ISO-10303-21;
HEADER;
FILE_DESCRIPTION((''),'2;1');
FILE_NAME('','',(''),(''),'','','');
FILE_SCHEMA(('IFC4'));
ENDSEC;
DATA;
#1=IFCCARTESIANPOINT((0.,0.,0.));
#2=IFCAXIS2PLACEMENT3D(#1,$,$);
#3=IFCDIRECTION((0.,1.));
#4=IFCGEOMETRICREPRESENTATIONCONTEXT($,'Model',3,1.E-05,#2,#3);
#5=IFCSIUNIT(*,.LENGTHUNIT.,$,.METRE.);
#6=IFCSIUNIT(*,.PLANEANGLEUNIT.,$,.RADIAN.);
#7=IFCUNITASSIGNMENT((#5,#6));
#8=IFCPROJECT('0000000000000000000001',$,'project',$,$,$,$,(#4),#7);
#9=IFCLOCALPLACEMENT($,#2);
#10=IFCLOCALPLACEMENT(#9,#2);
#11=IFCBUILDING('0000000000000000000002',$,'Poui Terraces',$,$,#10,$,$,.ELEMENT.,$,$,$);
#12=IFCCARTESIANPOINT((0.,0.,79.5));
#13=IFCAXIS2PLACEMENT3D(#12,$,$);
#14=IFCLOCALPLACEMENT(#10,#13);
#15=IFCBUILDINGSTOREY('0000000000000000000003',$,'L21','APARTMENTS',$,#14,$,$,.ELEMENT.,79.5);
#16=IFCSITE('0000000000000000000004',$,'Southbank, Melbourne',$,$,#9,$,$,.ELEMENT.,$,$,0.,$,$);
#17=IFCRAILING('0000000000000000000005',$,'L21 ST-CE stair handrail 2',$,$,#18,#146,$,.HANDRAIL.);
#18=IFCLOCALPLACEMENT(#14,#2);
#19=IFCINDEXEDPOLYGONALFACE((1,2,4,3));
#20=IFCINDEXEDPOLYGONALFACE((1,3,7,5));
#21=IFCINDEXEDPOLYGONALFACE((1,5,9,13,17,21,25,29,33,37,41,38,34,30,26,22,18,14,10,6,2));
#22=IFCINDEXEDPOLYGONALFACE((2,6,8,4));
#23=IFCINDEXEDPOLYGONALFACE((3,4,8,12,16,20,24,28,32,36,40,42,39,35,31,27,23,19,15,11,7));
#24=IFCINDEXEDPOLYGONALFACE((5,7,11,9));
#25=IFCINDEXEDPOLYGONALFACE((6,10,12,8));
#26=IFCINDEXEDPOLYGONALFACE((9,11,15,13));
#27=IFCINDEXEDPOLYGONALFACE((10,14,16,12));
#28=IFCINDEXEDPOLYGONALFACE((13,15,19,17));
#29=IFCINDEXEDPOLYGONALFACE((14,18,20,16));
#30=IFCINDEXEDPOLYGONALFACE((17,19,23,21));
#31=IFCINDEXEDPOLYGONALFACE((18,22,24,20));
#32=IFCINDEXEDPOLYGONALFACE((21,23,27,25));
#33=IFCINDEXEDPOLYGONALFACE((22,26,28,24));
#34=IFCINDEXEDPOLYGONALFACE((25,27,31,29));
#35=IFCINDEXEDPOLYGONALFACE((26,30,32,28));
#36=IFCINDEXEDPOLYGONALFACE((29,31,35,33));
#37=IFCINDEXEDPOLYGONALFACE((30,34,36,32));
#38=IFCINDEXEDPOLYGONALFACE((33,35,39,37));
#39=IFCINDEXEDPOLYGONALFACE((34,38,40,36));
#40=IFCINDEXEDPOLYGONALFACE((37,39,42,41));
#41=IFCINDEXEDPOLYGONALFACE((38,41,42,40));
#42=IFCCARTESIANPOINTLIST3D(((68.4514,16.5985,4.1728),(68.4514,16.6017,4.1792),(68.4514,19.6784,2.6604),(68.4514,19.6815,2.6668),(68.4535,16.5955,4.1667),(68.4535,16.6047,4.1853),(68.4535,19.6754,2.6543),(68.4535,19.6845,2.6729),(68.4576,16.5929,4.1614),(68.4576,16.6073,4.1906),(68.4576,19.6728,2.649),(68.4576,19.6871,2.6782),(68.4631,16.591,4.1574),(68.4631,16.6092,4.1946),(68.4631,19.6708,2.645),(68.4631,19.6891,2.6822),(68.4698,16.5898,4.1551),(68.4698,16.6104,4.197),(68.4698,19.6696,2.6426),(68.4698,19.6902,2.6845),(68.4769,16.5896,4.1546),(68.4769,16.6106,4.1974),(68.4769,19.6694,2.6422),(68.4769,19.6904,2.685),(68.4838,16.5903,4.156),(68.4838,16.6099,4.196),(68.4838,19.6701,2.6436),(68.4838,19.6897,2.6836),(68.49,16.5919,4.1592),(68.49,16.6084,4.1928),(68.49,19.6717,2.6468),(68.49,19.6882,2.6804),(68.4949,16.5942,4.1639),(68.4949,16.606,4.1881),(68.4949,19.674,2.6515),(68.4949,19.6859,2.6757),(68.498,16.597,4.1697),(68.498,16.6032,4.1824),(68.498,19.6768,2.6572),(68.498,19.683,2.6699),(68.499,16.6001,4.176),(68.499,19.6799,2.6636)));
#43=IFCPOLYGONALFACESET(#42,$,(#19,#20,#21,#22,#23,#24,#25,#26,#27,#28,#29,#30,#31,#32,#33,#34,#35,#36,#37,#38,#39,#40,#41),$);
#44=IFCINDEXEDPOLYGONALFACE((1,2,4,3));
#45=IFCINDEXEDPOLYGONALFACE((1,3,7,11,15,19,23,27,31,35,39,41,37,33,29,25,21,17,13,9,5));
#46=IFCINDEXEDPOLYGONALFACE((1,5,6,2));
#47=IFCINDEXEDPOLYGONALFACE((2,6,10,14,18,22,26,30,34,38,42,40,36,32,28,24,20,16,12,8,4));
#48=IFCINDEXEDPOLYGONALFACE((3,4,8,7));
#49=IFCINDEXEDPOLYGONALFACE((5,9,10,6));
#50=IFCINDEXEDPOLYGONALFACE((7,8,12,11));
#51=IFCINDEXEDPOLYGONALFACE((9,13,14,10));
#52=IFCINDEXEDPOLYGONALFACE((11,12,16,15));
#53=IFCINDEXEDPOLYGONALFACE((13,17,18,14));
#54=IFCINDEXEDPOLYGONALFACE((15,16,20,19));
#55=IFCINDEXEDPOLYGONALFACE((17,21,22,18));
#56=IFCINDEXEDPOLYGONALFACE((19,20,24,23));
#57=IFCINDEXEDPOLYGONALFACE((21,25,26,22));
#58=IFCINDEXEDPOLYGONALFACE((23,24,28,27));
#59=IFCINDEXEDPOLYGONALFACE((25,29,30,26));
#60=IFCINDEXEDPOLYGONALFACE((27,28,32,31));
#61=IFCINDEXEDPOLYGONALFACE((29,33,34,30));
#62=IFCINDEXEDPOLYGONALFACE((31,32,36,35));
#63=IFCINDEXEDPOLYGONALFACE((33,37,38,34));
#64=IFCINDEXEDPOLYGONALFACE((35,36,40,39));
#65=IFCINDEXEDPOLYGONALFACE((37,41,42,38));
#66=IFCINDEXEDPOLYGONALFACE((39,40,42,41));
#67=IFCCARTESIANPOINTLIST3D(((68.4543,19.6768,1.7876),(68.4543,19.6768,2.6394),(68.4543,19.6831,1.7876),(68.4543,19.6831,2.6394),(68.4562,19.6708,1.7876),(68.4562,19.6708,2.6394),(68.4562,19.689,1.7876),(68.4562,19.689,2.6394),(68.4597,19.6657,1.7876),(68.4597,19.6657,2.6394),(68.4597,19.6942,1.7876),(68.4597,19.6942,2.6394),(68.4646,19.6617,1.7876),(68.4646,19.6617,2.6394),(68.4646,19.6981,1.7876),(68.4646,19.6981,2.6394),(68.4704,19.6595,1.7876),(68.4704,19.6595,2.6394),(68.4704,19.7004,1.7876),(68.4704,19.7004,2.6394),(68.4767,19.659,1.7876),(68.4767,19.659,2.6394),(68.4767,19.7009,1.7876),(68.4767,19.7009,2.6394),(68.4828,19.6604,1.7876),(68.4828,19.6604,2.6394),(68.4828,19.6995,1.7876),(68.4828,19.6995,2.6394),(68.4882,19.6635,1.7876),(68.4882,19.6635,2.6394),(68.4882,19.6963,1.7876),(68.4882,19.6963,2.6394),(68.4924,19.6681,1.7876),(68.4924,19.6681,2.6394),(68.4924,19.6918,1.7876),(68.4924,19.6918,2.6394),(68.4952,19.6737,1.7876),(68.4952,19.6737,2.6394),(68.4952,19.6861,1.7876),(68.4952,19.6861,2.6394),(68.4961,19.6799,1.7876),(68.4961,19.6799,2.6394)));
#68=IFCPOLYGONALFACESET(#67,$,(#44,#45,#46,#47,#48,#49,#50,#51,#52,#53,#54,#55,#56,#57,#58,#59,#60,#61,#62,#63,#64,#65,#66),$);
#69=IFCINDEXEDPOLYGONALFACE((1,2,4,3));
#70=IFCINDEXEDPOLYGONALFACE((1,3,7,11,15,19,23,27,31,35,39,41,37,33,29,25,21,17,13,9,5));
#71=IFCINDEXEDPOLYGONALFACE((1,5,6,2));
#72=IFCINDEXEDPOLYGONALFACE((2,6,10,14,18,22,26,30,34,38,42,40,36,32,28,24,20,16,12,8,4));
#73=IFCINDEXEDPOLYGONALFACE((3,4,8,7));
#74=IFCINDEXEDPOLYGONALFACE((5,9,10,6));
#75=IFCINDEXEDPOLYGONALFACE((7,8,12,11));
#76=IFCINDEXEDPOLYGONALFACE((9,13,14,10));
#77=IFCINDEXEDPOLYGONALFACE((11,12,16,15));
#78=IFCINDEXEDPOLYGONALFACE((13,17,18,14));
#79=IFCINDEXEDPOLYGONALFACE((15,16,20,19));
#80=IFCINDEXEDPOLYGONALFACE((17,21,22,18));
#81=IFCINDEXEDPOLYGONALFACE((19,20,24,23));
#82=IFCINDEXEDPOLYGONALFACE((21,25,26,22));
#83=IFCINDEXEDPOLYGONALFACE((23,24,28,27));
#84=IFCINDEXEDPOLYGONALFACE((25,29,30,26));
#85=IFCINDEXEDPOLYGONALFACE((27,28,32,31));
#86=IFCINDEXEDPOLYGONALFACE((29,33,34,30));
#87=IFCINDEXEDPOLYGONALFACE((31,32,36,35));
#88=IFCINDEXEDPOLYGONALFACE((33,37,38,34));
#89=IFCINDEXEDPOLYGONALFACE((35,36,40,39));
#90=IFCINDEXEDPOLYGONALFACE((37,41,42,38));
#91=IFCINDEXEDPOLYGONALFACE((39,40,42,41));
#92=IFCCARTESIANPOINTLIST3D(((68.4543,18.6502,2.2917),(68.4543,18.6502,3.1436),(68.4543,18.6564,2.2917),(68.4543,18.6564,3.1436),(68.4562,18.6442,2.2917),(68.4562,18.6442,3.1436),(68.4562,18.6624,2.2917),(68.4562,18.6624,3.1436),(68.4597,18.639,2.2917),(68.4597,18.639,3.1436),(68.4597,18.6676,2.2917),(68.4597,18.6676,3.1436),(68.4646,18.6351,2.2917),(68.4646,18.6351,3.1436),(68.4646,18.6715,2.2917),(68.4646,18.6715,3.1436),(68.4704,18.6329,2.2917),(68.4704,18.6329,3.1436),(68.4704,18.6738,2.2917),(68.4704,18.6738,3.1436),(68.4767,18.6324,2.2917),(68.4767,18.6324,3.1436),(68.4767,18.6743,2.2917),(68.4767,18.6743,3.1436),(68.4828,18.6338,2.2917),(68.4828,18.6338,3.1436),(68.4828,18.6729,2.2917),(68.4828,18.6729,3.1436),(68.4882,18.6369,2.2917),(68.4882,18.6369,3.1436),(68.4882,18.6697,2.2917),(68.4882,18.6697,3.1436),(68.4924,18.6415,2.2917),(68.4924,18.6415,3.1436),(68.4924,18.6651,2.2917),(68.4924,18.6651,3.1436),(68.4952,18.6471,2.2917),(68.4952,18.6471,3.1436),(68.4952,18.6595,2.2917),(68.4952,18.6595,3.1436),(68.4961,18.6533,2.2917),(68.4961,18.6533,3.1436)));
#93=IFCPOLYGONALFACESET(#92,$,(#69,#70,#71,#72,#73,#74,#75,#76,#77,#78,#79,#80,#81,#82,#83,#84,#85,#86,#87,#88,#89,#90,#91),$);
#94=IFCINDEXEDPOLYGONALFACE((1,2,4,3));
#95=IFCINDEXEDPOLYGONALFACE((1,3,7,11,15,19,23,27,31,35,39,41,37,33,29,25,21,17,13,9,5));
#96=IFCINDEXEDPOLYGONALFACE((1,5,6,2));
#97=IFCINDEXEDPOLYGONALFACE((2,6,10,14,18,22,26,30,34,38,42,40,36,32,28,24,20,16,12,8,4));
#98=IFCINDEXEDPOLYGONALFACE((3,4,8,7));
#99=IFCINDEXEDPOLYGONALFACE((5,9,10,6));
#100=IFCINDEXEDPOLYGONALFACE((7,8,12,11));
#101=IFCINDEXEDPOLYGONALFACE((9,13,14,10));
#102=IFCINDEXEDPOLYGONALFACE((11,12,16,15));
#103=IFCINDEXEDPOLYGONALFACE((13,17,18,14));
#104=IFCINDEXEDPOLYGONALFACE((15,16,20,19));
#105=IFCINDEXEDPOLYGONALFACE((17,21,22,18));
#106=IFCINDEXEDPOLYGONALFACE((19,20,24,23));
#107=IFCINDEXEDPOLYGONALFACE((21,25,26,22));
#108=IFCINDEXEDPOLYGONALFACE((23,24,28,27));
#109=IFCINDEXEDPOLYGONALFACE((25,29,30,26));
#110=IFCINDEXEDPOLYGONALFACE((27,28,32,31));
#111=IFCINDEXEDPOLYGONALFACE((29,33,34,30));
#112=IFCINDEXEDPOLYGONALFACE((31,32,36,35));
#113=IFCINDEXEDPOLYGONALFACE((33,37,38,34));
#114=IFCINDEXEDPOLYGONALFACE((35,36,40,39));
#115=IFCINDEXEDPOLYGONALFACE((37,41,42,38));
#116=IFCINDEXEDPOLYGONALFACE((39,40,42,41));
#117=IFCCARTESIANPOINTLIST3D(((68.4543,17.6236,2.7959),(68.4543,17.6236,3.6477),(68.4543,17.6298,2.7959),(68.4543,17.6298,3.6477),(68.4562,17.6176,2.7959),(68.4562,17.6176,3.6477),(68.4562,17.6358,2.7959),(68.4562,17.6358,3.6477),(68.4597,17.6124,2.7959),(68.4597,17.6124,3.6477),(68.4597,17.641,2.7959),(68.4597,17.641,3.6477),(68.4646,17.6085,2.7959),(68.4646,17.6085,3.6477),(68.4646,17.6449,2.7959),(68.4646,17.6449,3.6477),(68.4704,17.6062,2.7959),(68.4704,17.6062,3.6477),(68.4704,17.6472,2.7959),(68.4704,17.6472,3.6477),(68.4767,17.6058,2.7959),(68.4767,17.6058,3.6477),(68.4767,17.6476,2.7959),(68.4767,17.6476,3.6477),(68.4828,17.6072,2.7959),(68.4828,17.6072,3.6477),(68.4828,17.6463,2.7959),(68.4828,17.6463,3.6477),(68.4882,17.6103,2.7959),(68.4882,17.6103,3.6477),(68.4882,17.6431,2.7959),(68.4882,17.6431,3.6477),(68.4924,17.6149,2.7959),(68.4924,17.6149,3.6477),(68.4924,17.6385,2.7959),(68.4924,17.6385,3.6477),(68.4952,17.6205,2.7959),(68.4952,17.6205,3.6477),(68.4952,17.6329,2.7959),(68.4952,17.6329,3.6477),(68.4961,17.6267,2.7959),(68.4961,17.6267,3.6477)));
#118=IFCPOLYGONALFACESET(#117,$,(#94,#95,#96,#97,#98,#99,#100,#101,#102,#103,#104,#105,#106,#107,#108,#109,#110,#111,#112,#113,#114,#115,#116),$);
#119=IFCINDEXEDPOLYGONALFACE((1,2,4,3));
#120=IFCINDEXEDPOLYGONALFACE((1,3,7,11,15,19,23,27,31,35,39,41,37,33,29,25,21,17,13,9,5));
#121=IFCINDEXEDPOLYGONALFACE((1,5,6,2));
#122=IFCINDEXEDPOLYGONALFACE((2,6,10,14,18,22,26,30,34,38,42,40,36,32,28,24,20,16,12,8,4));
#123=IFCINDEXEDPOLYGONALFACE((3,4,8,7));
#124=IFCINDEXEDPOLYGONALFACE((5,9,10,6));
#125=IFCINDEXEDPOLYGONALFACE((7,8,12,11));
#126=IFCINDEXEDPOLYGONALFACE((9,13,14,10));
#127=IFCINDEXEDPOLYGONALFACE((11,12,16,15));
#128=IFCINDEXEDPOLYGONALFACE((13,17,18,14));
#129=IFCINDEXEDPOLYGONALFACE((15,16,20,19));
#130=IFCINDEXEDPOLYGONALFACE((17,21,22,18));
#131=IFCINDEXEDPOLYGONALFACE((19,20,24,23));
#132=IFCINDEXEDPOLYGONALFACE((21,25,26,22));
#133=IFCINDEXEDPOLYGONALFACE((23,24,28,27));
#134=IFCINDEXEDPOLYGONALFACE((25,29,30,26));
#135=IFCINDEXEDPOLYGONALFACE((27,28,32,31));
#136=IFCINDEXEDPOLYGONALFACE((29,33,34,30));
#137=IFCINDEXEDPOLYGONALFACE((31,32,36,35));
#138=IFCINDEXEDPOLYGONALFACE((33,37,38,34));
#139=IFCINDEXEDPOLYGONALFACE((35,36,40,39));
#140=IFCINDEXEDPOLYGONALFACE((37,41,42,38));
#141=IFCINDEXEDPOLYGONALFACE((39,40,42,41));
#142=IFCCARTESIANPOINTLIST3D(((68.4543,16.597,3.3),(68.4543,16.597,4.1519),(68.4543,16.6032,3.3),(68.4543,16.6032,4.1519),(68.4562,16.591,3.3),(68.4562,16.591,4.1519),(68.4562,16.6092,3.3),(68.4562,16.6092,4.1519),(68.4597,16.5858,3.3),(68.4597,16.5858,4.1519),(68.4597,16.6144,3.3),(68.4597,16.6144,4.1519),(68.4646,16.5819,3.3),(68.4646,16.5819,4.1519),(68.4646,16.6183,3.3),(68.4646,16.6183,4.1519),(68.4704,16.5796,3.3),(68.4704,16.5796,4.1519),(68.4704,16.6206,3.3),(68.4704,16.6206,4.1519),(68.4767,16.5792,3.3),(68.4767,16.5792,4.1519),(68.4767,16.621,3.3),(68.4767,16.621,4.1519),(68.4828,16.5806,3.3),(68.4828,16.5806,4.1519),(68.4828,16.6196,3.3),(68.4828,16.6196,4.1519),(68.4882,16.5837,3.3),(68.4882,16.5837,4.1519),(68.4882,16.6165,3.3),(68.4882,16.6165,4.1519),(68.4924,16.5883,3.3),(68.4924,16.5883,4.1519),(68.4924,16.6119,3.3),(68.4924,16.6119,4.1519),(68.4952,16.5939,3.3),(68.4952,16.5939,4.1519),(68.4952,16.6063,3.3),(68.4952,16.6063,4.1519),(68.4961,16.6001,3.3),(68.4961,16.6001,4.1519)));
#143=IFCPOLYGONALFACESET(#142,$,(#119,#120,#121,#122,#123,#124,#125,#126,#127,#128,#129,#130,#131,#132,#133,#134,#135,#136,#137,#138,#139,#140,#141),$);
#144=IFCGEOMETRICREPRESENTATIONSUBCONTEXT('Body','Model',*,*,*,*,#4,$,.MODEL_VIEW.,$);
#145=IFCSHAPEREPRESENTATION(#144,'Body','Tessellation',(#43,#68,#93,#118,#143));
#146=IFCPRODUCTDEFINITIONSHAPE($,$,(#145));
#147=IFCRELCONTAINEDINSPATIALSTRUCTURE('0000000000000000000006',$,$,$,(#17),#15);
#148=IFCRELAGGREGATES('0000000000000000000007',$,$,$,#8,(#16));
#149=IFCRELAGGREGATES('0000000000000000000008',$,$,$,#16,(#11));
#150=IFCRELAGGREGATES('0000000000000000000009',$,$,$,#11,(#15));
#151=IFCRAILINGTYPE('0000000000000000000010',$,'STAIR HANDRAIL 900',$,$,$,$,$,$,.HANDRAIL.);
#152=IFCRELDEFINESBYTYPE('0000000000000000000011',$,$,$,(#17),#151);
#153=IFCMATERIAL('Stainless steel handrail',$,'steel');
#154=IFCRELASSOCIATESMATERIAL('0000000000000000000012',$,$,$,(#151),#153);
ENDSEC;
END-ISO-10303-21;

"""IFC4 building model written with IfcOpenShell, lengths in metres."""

from ifc_helpers import new_model, si_unit, direction, frame, origin, origin_2d, place, context, subcontext, project, spatial, circle, extrude, material, type_object, element, save


model = new_model("IFC4")

# Units and contexts
model_context = context("Model", 3, precision=1e-05, world=origin(), true_north=direction((0.0, 1.0)))
body_context = subcontext(model_context, "Body", "Model", "MODEL_VIEW")
ifc_project = project(units=[si_unit("LENGTHUNIT", "METRE"), si_unit("PLANEANGLEUNIT", "RADIAN")], contexts=[model_context])

# Site, building, storey
site_placement = place(None, origin())
site = spatial("IfcSite", under=ifc_project, at=site_placement, Name="Southbank, Melbourne", CompositionType="ELEMENT", RefElevation=0.0)
building_placement = place(site_placement, origin())
building = spatial("IfcBuilding", under=site, at=building_placement, Name="Poui Terraces", CompositionType="ELEMENT")
storey_placement = place(building_placement, frame((0.0, 0.0, 79.5)))
storey = spatial("IfcBuildingStorey", under=building, at=storey_placement, Name="L21", Description="APARTMENTS", CompositionType="ELEMENT", Elevation=79.5)

# Railing
ifc_material_1 = material(Name="Stainless steel handrail", Category="steel")
railing_type_1 = type_object("IfcRailingType", Name="STAIR HANDRAIL 900", PredefinedType="HANDRAIL", material=ifc_material_1)
railing_1_placement = place(storey_placement, frame((68.4751, 19.6799, 1.7876)))
element("IfcRailing", 1, at=railing_1_placement, inside=storey, type_object=railing_type_1, Name="L21 ST-CE stair handrail 2", PredefinedType="HANDRAIL", context=body_context, shape_type="SweptSolid", body=[
    extrude(circle(Radius=0.0239, at=origin_2d()), frame((0.0, 0.0, 0.876), z_axis=(0.0, -0.897606, 0.440798), x_axis=(1.0, 0.0, 0.0)), (0.0, 0.0, 1.0), 3.4312),
    extrude(circle(Radius=0.021, at=origin_2d()), origin(), (0.0, 0.0, 1.0), 0.8518),
    extrude(circle(Radius=0.021, at=origin_2d()), frame((0.0, -1.0266, 0.5042)), (0.0, 0.0, 1.0), 0.8518),
    extrude(circle(Radius=0.021, at=origin_2d()), frame((0.0, -2.0532, 1.0083)), (0.0, 0.0, 1.0), 0.8518),
    extrude(circle(Radius=0.021, at=origin_2d()), frame((0.0, -3.0798, 1.5125)), (0.0, 0.0, 1.0), 0.8518),
])

save(model, "model.ifc")
